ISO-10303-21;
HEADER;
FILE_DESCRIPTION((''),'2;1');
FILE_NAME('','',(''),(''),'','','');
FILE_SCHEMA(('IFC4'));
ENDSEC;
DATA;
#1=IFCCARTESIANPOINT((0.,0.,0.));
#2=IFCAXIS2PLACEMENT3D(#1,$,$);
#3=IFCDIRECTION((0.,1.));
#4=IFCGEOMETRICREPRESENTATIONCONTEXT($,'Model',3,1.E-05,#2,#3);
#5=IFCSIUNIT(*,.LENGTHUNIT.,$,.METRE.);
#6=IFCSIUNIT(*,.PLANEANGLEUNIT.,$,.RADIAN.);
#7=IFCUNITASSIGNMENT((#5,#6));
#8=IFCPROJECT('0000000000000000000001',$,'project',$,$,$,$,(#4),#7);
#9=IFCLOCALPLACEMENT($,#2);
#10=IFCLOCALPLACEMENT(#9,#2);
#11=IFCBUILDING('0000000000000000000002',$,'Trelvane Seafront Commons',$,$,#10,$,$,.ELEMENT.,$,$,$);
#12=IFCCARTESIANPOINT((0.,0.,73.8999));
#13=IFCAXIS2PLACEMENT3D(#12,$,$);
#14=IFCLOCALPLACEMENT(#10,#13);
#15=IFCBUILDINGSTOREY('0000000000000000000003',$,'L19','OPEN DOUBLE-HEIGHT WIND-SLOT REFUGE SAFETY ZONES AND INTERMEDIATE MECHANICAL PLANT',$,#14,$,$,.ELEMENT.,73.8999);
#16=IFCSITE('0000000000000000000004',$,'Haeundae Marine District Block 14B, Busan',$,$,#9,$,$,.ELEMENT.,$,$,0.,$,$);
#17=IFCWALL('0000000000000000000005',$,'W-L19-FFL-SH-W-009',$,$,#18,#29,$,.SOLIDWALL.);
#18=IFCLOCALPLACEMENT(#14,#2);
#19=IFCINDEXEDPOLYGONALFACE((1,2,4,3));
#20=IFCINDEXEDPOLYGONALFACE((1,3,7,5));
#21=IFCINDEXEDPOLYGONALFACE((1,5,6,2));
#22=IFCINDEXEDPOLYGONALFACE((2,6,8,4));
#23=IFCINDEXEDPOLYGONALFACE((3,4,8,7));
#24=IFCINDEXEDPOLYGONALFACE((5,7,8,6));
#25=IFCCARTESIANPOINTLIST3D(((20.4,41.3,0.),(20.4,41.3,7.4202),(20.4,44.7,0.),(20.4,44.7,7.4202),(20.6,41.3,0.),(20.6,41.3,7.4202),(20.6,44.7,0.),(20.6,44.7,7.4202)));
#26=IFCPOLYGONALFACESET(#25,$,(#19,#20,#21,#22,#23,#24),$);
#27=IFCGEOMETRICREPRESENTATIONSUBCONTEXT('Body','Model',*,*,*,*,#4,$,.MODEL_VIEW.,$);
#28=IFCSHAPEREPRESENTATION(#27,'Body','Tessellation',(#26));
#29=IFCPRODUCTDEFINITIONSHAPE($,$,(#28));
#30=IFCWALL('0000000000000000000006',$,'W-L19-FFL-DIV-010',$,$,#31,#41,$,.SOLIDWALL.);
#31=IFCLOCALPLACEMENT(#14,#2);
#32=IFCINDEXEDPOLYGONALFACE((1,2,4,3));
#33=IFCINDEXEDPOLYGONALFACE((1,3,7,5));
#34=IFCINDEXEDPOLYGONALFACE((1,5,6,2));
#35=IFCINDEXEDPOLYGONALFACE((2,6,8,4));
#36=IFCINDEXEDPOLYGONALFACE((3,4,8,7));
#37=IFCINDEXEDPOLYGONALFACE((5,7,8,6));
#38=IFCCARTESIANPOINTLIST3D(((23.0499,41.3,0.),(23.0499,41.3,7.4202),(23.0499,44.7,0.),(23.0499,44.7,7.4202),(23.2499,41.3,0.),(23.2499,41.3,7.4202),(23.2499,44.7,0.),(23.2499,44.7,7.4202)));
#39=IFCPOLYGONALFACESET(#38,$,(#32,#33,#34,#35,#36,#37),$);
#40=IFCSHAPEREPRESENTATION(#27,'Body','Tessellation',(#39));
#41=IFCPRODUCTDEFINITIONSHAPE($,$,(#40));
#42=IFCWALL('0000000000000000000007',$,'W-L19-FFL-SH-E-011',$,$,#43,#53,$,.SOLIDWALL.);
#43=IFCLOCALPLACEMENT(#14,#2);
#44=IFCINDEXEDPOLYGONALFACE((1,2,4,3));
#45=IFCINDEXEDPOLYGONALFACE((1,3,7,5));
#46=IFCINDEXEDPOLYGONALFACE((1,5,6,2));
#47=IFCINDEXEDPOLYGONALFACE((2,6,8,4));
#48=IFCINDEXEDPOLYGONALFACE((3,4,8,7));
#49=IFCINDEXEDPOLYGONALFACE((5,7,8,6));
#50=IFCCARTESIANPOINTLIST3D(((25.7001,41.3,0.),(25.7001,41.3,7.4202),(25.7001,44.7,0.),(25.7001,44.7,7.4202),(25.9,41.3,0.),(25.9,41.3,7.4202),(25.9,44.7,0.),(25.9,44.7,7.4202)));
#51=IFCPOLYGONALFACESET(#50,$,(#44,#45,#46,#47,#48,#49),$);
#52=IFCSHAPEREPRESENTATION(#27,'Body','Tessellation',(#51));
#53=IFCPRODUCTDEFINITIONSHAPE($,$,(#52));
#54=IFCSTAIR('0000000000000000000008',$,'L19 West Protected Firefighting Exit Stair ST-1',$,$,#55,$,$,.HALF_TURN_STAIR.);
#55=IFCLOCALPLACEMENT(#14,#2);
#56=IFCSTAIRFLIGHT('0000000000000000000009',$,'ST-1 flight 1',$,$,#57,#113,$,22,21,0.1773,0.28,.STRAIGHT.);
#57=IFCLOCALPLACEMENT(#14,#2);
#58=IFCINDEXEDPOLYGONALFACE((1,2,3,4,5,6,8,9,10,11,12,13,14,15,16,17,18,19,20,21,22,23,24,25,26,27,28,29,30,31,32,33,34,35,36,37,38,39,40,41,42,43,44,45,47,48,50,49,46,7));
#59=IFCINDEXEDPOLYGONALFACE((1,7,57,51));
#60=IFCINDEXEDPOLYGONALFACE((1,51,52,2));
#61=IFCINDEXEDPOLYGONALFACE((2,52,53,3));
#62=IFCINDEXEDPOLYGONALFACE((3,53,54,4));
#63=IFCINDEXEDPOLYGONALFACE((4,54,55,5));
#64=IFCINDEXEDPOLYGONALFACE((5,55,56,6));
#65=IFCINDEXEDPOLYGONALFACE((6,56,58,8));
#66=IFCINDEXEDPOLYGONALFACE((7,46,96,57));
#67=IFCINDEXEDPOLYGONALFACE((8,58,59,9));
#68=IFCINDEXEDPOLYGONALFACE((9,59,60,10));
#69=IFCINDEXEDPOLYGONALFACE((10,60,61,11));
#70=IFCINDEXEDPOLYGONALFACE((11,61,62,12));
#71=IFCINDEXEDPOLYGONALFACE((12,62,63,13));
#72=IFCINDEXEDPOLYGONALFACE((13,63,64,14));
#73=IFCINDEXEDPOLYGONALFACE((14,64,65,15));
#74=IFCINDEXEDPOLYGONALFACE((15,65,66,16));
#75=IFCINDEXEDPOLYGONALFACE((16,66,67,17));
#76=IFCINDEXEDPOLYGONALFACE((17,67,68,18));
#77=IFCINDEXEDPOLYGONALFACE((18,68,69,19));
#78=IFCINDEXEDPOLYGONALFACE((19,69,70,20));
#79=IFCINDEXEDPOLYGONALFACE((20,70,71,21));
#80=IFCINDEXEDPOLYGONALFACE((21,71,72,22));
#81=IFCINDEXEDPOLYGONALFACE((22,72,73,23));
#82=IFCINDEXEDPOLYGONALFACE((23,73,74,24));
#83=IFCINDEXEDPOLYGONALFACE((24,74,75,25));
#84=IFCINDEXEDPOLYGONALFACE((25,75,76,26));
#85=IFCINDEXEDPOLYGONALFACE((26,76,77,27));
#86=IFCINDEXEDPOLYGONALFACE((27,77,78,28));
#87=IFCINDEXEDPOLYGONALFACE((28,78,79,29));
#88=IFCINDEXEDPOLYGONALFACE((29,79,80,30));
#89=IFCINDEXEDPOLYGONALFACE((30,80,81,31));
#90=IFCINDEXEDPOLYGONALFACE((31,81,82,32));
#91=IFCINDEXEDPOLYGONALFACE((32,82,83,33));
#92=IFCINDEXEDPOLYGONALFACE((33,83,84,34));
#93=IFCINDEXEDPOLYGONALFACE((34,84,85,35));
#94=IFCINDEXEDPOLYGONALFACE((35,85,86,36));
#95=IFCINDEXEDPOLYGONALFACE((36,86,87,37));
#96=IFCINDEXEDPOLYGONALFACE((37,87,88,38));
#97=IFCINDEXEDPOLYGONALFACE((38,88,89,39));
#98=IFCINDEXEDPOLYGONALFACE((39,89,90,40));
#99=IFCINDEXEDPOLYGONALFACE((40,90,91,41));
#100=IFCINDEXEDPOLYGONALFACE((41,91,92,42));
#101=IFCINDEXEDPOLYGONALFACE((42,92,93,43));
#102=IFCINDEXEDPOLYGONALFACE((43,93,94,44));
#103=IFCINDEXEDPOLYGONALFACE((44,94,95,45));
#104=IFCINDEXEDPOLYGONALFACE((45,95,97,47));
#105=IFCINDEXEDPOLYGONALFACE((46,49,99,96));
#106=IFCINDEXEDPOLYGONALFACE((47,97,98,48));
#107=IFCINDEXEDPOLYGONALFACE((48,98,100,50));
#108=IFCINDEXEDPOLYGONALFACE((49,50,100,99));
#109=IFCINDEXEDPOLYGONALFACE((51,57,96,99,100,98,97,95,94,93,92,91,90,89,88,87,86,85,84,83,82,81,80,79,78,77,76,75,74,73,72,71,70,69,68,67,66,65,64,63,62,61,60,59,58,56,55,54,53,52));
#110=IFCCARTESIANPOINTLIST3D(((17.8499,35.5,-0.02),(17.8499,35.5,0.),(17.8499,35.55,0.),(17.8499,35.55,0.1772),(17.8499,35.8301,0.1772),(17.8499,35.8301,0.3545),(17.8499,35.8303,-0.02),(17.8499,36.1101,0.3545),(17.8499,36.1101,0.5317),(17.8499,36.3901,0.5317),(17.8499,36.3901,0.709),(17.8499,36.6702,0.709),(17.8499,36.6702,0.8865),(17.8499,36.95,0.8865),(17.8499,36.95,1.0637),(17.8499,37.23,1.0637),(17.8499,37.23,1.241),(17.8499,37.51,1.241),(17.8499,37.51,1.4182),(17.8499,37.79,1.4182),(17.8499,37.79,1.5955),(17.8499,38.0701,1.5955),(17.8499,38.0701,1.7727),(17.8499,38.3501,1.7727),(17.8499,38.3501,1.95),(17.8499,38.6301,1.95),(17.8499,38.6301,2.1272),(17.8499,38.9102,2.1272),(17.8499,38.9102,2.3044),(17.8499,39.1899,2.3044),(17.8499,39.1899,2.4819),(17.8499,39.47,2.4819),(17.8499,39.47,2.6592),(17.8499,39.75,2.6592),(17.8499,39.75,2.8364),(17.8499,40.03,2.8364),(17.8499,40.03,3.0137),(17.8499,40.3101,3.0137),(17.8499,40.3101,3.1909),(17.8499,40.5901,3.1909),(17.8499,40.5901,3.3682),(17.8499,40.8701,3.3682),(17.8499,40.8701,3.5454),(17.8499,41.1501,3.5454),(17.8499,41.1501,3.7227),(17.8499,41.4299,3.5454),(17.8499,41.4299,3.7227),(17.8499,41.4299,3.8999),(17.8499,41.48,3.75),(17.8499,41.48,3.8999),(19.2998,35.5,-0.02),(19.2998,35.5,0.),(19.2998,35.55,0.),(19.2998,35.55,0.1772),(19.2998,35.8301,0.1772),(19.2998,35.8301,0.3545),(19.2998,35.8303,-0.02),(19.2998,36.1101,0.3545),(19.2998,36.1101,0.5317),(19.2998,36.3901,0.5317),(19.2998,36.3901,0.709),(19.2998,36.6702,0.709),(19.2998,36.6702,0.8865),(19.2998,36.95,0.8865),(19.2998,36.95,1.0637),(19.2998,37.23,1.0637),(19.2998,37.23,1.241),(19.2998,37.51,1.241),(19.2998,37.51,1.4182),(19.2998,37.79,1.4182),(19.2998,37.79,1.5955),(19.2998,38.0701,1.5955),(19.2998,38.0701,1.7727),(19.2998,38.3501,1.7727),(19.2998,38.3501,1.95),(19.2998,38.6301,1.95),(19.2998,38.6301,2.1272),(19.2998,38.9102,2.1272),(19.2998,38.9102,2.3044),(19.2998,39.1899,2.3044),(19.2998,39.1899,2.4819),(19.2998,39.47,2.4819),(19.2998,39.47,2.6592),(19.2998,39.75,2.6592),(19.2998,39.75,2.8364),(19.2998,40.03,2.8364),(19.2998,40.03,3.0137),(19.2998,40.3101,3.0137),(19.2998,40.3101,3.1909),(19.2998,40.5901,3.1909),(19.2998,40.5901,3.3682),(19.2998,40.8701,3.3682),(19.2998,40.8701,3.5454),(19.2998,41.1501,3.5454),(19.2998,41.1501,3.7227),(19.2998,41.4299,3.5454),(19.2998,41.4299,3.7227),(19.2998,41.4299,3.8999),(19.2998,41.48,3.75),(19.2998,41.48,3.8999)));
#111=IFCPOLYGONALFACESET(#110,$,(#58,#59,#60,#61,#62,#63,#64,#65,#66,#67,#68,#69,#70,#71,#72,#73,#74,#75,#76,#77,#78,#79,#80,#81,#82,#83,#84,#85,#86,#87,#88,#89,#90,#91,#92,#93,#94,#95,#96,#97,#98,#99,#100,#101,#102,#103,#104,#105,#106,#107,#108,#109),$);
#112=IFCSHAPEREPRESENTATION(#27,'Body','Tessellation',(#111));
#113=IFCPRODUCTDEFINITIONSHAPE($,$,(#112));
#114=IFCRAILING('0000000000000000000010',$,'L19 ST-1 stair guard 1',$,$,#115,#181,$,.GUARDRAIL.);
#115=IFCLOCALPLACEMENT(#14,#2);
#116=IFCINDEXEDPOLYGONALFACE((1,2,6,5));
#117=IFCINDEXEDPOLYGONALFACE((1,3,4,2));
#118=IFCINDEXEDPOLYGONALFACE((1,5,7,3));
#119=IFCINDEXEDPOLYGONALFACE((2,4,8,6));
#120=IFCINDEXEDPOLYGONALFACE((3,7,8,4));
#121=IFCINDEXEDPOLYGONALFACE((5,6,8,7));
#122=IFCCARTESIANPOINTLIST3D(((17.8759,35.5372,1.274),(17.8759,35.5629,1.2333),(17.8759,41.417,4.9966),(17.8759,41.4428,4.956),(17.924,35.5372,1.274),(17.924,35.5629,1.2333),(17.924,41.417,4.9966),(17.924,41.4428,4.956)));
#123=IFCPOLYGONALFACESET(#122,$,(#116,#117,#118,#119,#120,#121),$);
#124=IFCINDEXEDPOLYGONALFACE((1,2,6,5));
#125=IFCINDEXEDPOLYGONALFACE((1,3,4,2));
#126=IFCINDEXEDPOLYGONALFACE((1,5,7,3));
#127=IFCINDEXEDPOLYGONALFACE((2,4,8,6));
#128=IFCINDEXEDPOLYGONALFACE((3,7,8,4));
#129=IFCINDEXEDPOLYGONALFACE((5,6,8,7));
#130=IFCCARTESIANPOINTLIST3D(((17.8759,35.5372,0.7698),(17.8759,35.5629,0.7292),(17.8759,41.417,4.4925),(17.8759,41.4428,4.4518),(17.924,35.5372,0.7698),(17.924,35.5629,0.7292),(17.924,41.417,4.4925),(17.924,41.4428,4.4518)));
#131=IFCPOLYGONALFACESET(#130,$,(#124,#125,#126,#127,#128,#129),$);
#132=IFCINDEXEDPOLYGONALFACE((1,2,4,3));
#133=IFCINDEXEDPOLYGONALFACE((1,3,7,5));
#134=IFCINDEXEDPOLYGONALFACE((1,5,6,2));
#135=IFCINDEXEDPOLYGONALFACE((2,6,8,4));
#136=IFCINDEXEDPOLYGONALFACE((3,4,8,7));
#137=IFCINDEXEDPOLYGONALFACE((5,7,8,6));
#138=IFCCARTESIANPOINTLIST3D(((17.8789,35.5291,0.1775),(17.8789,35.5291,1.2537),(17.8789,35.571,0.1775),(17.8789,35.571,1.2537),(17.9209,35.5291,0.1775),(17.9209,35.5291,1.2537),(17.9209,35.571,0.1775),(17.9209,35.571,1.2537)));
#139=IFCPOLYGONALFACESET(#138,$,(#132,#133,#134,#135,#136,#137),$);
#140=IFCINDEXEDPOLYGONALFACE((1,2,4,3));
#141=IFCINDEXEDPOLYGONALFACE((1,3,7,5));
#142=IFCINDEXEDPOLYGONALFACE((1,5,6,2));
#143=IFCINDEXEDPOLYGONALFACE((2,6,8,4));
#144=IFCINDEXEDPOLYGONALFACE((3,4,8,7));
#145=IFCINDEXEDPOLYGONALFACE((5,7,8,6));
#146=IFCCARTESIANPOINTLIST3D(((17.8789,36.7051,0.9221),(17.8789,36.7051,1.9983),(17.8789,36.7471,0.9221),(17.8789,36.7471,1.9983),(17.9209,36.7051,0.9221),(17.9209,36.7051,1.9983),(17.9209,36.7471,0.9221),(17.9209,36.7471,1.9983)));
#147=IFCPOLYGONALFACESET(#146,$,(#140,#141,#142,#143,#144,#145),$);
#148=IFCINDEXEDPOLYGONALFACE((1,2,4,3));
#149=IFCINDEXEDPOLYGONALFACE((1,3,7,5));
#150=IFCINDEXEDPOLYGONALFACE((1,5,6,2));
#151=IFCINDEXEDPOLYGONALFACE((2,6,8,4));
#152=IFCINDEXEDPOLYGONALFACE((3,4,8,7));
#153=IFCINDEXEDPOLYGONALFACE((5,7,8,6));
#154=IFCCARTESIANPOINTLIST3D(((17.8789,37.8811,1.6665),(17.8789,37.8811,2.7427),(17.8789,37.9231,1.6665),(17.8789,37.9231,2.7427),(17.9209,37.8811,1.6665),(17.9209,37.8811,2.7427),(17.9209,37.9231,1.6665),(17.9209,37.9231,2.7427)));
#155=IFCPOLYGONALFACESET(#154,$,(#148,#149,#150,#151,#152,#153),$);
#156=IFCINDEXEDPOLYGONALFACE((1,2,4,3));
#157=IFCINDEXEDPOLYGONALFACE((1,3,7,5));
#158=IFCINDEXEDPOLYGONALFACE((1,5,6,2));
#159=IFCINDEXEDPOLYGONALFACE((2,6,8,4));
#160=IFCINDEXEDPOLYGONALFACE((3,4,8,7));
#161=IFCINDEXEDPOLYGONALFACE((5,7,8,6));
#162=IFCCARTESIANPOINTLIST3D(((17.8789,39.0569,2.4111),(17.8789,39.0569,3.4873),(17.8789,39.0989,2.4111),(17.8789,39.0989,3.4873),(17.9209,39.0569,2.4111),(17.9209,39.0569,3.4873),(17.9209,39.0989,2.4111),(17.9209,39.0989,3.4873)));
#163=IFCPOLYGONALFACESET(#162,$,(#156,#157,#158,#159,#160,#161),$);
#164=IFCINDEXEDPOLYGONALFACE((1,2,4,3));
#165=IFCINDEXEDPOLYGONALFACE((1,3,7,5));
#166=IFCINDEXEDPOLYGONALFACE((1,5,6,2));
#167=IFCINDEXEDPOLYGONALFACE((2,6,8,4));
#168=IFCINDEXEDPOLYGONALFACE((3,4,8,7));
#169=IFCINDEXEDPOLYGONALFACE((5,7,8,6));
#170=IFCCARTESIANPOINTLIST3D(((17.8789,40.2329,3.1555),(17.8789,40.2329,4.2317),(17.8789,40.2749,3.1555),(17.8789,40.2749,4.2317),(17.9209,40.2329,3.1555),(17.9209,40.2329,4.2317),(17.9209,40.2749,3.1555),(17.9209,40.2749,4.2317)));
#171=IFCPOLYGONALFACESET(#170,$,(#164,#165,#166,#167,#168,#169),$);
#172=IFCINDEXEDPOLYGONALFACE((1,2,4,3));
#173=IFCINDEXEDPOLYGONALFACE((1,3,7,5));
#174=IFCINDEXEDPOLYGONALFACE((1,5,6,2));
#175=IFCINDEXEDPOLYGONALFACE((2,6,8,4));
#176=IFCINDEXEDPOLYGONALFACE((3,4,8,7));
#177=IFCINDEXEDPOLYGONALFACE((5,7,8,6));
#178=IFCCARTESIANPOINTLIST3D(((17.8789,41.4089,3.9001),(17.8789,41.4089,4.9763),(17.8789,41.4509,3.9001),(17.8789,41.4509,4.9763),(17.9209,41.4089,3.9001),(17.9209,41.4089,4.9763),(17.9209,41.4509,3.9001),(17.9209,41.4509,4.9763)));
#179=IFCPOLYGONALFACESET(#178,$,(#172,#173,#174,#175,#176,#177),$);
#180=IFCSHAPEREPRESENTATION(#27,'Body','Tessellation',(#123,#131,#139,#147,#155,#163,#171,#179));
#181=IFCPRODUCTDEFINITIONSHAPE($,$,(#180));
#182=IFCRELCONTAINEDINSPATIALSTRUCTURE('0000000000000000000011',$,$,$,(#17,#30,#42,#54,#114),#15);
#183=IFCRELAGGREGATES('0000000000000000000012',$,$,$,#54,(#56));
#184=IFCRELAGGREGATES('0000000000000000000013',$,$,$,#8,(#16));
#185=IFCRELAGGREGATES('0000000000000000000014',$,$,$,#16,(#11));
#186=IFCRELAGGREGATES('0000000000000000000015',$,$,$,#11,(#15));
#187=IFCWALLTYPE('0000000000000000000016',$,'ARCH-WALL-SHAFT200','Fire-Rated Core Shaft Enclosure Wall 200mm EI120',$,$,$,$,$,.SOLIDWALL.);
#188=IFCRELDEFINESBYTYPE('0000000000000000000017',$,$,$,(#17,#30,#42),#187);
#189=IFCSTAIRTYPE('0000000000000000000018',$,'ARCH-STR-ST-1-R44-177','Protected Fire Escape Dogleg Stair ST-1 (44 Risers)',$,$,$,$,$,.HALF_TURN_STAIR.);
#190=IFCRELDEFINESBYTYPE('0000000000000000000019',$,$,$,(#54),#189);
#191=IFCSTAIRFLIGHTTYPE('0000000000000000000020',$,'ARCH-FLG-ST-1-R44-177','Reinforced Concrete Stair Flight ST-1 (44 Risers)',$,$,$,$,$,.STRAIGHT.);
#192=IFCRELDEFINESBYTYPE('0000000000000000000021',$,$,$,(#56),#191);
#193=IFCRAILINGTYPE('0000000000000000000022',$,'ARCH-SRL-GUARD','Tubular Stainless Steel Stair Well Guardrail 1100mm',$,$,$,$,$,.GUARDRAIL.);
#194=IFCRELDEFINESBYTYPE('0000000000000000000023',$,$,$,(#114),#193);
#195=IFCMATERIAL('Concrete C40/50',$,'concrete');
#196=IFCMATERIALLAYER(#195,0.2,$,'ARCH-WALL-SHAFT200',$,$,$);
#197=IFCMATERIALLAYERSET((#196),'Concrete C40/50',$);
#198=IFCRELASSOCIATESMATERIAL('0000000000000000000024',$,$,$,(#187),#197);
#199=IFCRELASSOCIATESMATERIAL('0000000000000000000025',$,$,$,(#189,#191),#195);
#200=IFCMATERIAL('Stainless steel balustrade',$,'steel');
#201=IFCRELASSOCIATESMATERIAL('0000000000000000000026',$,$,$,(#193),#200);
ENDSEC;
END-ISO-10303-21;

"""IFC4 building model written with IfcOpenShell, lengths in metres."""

from ifc_helpers import new_model, si_unit, direction, frame, frame_2d, origin, origin_2d, place, context, subcontext, project, spatial, polyline, rectangle, outline, extrude, source, transform, mapped, material, layer, layer_set, type_object, element, aggregate, save


model = new_model("IFC4")

# Units and contexts
model_context = context("Model", 3, precision=1e-05, world=origin(), true_north=direction((0.0, 1.0)))
body_context = subcontext(model_context, "Body", "Model", "MODEL_VIEW")
ifc_project = project(units=[si_unit("LENGTHUNIT", "METRE"), si_unit("PLANEANGLEUNIT", "RADIAN")], contexts=[model_context])

# Site, building, storey
site_placement = place(None, origin())
site = spatial("IfcSite", under=ifc_project, at=site_placement, Name="Haeundae Marine District Block 14B, Busan", CompositionType="ELEMENT", RefElevation=0.0)
building_placement = place(site_placement, origin())
building = spatial("IfcBuilding", under=site, at=building_placement, Name="Trelvane Seafront Commons", CompositionType="ELEMENT")
storey_placement = place(building_placement, frame((0.0, 0.0, 73.8999)))
storey = spatial("IfcBuildingStorey", under=building, at=storey_placement, Name="L19", Description="OPEN DOUBLE-HEIGHT WIND-SLOT REFUGE SAFETY ZONES AND INTERMEDIATE MECHANICAL PLANT", CompositionType="ELEMENT", Elevation=73.8999)

# Shared definitions
ifc_material_1 = material(Name="Concrete C40/50", Category="concrete")
ifc_layer_1 = layer(ifc_material_1, 0.2, Name="ARCH-WALL-SHAFT200")
ifc_layer_set_1 = layer_set([ifc_layer_1], Name="Concrete C40/50")
wall_type_1 = type_object("IfcWallType", Name="ARCH-WALL-SHAFT200", Description="Fire-Rated Core Shaft Enclosure Wall 200mm EI120", PredefinedType="SOLIDWALL", material=ifc_layer_set_1)
ifc_material_2 = material(Name="Stainless steel balustrade", Category="steel")

# Walls
for number, where, z_axis, x_axis, name in (
    (1, (20.5, 41.3, 0.0), (0.0, 0.0, 1.0), (0.0, 1.0, 0.0), "W-L19-FFL-SH-W-009"),
    (2, (23.1499, 41.3, 0.0), (0.0, 0.0, 1.0), (0.0, 1.0, 0.0), "W-L19-FFL-DIV-010"),
    (3, (25.8, 41.3, 0.0), (0.0, 0.0, 1.0), (0.0, 1.0, 0.0), "W-L19-FFL-SH-E-011"),
):
    element("IfcWall", number, at=place(storey_placement, frame(where, z_axis=z_axis, x_axis=x_axis)), inside=storey, type_object=wall_type_1, Name=name, PredefinedType="SOLIDWALL", context=body_context, shape_type="SweptSolid", body=[
        extrude(rectangle(XDim=3.3999, YDim=0.2, at=frame_2d((1.7, 0.0))), origin(), (0.0, 0.0, 1.0), 7.4202),
    ])

# Stair, stair flight
stair_type = type_object("IfcStairType", Name="ARCH-STR-ST-1-R44-177", Description="Protected Fire Escape Dogleg Stair ST-1 (44 Risers)", PredefinedType="HALF_TURN_STAIR", material=ifc_material_1)
stair_placement = place(storey_placement, origin())
stair = element("IfcStair", 4, at=stair_placement, inside=storey, type_object=stair_type, Name="L19 West Protected Firefighting Exit Stair ST-1", PredefinedType="HALF_TURN_STAIR")
stair_flight_type = type_object("IfcStairFlightType", Name="ARCH-FLG-ST-1-R44-177", Description="Reinforced Concrete Stair Flight ST-1 (44 Risers)", PredefinedType="STRAIGHT", material=ifc_material_1)
shared_shape_1 = source(origin(), body_context, "Body", "SweptSolid", [
    extrude(outline(polyline([(-0.05, -0.02), (-0.05, 0.0), (0.0, 0.0), (0.0, 0.1772), (0.28, 0.1772), (0.28, 0.3545), (0.5601, 0.3545), (0.5601, 0.5317), (0.8401, 0.5317), (0.8401, 0.709), (1.1201, 0.709), (1.1201, 0.8865), (1.3999, 0.8865), (1.3999, 1.0637), (1.6799, 1.0637), (1.6799, 1.241), (1.96, 1.241), (1.96, 1.4182), (2.24, 1.4182), (2.24, 1.5955), (2.52, 1.5955), (2.52, 1.7727), (2.8, 1.7727), (2.8, 1.95), (3.0801, 1.95), (3.0801, 2.1272), (3.3601, 2.1272), (3.3601, 2.3044), (3.6399, 2.3044), (3.6399, 2.4819), (3.9199, 2.4819), (3.9199, 2.6592), (4.2, 2.6592), (4.2, 2.8364), (4.48, 2.8364), (4.48, 3.0137), (4.76, 3.0137), (4.76, 3.1909), (5.04, 3.1909), (5.04, 3.3682), (5.3201, 3.3682), (5.3201, 3.5454), (5.6001, 3.5454), (5.6001, 3.7227), (5.8799, 3.7227), (5.8799, 3.8999), (5.9299, 3.8999), (5.9299, 3.75), (5.8799, 3.5454), (0.2803, -0.02), (-0.05, -0.02)])), frame((0.0, 0.7251, 0.0), z_axis=(0.0, -1.0, 0.0), x_axis=(1.0, 0.0, 0.0)), (0.0, 0.0, 1.0), 1.45),
])
stair_flight_placement = place(storey_placement, frame((18.575, 35.55, 0.0), z_axis=(0.0, 0.0, 1.0), x_axis=(0.0, 1.0, 0.0)))
stair_flight = element("IfcStairFlight", 5, at=stair_flight_placement, type_object=stair_flight_type, Name="ST-1 flight 1", NumberOfRisers=22, NumberOfTreads=21, PredefinedType="STRAIGHT", RiserHeight=0.1773, TreadLength=0.28, context=body_context, shape_type="MappedRepresentation", body=[
    mapped(shared_shape_1, transform((0.0, 0.0, 0.0), x_axis=(1.0, 0.0, 0.0), y_axis=(0.0, 1.0, 0.0), z_axis=(0.0, 0.0, 1.0), scale=1.0)),
])
aggregate(stair, [stair_flight])

# Railing
railing_type_1 = type_object("IfcRailingType", Name="ARCH-SRL-GUARD", Description="Tubular Stainless Steel Stair Well Guardrail 1100mm", PredefinedType="GUARDRAIL", material=ifc_material_2)
railing_1_placement = place(storey_placement, frame((17.8999, 35.55, 0.1775)))
element("IfcRailing", 6, at=railing_1_placement, inside=storey, type_object=railing_type_1, Name="L19 ST-1 stair guard 1", PredefinedType="GUARDRAIL", context=body_context, shape_type="SweptSolid", body=[
    extrude(rectangle(XDim=0.0481, YDim=0.0481, at=origin_2d()), frame((0.0, 0.0, 1.0762), z_axis=(0.0, 0.844902, 0.534922), x_axis=(-1.0, 0.0, 0.0)), (0.0, 0.0, 1.0), 6.9592),
    extrude(rectangle(XDim=0.0481, YDim=0.0481, at=origin_2d()), frame((0.0, 0.0, 0.572), z_axis=(0.0, 0.844902, 0.534922), x_axis=(-1.0, 0.0, 0.0)), (0.0, 0.0, 1.0), 6.9592),
    extrude(rectangle(XDim=0.042, YDim=0.042, at=origin_2d()), origin(), (0.0, 0.0, 1.0), 1.0762),
    extrude(rectangle(XDim=0.042, YDim=0.042, at=origin_2d()), frame((0.0, 1.176, 0.7446)), (0.0, 0.0, 1.0), 1.0762),
    extrude(rectangle(XDim=0.042, YDim=0.042, at=origin_2d()), frame((0.0, 2.3521, 1.489)), (0.0, 0.0, 1.0), 1.0762),
    extrude(rectangle(XDim=0.042, YDim=0.042, at=origin_2d()), frame((0.0, 3.5278, 2.2336)), (0.0, 0.0, 1.0), 1.0762),
    extrude(rectangle(XDim=0.042, YDim=0.042, at=origin_2d()), frame((0.0, 4.7039, 2.978)), (0.0, 0.0, 1.0), 1.0762),
    extrude(rectangle(XDim=0.042, YDim=0.042, at=origin_2d()), frame((0.0, 5.8799, 3.7227)), (0.0, 0.0, 1.0), 1.0762),
])

save(model, "model.ifc")
